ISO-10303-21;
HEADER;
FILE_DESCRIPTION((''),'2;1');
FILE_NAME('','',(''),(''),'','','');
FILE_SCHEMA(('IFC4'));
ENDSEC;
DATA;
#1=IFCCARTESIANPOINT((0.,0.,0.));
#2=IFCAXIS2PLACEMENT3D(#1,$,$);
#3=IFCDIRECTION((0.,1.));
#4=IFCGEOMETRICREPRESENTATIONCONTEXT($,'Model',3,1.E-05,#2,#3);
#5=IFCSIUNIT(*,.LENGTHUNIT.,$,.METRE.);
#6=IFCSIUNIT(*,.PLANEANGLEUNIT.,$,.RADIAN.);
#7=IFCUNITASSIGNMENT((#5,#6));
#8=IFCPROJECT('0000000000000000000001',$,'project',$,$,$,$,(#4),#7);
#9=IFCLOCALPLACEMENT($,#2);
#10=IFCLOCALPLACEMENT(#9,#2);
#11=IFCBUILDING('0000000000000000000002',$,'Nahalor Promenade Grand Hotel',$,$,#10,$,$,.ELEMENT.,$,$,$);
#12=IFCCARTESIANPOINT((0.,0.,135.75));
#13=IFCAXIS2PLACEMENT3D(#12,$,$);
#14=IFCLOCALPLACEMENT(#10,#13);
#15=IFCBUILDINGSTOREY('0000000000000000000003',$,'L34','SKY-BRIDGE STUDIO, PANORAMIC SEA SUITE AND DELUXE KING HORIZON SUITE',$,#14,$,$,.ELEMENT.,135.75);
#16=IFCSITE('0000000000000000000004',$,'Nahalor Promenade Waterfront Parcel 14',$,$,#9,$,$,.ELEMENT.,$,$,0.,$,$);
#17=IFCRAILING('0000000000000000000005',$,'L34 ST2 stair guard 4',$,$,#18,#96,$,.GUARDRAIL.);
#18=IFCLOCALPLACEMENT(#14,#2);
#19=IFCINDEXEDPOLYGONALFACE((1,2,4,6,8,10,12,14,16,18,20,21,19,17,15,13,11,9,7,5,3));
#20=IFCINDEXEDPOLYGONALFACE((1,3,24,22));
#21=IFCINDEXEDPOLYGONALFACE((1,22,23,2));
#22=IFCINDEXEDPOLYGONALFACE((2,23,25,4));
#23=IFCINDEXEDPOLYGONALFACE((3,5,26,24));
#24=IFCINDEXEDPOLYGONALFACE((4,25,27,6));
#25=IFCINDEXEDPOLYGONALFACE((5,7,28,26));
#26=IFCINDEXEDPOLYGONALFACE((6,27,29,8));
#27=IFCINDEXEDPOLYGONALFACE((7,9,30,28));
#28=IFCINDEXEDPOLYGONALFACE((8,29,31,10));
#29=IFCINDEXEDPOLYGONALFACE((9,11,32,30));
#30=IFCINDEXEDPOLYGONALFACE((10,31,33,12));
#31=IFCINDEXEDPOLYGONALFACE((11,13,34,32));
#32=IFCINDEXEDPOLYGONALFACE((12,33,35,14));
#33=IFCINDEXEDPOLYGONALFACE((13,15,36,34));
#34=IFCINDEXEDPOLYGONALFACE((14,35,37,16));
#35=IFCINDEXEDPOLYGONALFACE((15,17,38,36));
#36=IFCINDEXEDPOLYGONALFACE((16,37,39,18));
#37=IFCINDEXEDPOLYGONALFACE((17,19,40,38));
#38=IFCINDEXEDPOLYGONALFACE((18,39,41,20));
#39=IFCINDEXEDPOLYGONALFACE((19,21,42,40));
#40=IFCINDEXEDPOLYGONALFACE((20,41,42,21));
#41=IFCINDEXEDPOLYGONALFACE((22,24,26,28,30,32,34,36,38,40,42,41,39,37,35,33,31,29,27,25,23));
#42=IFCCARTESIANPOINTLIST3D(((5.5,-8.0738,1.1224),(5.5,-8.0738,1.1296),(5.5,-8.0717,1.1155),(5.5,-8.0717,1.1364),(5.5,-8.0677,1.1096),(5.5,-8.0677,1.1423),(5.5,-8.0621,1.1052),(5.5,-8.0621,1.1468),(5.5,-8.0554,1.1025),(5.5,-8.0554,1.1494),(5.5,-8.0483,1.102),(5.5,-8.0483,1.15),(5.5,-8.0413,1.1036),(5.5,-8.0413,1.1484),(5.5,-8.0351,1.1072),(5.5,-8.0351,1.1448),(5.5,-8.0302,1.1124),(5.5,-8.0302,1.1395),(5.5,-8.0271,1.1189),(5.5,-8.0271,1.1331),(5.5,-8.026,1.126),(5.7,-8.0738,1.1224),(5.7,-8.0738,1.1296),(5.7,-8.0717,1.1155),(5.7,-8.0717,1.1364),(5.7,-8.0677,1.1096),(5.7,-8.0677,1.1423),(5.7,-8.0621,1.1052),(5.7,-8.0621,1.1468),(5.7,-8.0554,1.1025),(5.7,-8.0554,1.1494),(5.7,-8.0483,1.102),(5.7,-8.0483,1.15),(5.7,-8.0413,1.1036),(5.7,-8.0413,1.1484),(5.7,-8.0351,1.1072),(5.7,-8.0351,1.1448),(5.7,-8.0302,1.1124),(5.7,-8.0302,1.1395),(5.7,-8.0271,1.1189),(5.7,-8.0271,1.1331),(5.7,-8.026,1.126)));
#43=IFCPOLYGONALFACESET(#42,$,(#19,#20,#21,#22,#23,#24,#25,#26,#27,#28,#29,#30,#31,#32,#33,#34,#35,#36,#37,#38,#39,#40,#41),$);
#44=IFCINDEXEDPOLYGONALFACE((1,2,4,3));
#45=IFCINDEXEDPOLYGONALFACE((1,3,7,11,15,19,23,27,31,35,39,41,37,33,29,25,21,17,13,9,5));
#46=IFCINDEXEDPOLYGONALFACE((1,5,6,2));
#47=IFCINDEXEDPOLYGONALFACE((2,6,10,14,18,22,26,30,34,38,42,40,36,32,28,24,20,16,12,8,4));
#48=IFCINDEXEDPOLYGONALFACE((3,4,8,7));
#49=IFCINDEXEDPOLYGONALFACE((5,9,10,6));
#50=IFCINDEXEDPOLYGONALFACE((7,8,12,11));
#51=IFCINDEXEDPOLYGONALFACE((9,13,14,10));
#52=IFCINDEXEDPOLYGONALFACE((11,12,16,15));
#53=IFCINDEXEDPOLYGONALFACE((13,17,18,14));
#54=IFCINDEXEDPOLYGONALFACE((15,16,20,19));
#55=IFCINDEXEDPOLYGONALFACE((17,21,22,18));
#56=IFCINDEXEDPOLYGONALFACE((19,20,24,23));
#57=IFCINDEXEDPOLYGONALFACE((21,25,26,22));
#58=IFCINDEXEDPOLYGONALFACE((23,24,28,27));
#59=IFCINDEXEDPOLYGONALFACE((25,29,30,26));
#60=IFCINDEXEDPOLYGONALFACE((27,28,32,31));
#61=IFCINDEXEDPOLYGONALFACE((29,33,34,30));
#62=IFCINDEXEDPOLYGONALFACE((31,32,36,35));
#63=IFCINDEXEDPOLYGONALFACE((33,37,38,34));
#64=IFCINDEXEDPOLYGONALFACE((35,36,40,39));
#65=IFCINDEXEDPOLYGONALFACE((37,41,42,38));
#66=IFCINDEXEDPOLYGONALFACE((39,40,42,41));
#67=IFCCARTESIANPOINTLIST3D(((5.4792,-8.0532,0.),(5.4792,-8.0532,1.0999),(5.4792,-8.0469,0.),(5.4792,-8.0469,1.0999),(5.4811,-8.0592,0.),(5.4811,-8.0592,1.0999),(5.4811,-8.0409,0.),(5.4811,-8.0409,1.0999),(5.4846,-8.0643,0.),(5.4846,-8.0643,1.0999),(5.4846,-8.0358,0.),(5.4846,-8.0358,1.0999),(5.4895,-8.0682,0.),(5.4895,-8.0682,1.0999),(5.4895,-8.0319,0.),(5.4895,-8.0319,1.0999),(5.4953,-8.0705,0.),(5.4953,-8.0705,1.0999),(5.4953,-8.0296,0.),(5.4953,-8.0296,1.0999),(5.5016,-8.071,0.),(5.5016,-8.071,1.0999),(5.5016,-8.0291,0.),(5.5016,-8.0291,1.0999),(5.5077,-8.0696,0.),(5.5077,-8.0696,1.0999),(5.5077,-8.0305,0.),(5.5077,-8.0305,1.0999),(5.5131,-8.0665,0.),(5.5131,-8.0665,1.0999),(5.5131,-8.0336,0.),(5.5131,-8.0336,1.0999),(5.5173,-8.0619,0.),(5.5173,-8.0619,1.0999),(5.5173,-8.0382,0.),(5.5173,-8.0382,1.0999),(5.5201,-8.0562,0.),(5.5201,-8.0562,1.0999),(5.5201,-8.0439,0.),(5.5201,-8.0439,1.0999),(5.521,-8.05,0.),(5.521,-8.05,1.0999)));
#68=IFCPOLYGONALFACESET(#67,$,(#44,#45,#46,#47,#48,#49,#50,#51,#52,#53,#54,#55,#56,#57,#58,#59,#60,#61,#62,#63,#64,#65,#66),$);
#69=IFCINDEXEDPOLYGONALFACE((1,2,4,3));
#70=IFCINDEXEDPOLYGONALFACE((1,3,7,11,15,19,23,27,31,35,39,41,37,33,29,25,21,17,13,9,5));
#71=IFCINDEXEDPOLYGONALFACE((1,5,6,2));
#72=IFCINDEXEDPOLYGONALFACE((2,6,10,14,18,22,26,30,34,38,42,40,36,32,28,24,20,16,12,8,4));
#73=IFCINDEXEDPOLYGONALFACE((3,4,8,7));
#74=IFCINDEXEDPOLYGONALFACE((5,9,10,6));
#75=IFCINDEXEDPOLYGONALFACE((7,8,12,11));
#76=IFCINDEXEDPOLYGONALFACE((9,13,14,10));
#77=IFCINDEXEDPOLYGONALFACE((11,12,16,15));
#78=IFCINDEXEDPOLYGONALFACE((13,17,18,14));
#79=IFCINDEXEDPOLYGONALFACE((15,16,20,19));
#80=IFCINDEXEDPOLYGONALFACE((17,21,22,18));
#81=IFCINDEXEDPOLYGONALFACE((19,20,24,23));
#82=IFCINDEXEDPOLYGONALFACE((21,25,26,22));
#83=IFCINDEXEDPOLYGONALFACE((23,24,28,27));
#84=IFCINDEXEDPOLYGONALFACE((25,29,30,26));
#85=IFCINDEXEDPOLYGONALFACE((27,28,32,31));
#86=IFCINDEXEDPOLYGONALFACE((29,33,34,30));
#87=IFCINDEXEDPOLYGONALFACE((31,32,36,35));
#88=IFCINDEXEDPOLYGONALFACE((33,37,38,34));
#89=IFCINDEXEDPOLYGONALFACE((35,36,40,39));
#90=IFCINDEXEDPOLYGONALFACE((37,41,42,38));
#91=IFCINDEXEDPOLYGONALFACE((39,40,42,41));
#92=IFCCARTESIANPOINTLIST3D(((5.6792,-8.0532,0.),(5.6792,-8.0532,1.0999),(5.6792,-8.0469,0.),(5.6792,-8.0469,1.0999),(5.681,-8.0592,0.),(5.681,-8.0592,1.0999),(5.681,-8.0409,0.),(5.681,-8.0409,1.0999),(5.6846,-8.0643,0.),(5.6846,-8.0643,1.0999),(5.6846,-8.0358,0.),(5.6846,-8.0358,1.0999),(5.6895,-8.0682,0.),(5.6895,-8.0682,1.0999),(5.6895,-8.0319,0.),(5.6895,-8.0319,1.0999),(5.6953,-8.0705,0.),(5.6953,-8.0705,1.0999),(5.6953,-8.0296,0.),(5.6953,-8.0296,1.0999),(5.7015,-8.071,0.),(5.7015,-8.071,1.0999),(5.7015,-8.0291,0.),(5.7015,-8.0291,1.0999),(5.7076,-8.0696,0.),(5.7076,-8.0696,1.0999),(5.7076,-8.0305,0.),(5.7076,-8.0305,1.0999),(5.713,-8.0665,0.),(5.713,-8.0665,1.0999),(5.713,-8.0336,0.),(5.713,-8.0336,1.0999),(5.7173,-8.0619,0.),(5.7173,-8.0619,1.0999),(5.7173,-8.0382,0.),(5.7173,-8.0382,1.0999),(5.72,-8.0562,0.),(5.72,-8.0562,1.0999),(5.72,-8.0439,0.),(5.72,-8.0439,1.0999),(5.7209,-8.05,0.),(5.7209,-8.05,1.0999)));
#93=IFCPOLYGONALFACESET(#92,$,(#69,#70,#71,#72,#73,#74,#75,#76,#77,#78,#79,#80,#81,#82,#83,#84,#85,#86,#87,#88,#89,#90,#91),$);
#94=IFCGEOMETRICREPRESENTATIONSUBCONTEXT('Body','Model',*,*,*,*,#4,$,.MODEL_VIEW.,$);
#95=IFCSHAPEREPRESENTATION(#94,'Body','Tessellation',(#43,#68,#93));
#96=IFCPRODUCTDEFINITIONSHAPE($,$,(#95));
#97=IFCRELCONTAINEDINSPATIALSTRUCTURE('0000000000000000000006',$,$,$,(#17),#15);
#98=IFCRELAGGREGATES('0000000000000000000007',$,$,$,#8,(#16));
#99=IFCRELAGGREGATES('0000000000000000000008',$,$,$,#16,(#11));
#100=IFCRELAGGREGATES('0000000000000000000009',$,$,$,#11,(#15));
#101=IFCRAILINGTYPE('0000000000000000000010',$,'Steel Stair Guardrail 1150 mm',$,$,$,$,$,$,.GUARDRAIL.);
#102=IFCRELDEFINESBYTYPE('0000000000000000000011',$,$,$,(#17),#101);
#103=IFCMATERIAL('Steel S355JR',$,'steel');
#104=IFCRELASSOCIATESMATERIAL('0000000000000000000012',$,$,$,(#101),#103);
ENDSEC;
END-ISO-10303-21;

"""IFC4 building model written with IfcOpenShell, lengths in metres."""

from ifc_helpers import new_model, si_unit, direction, frame, origin, origin_2d, place, context, subcontext, project, spatial, circle, extrude, material, type_object, element, save


model = new_model("IFC4")

# Units and contexts
model_context = context("Model", 3, precision=1e-05, world=origin(), true_north=direction((0.0, 1.0)))
body_context = subcontext(model_context, "Body", "Model", "MODEL_VIEW")
ifc_project = project(units=[si_unit("LENGTHUNIT", "METRE"), si_unit("PLANEANGLEUNIT", "RADIAN")], contexts=[model_context])

# Site, building, storey
site_placement = place(None, origin())
site = spatial("IfcSite", under=ifc_project, at=site_placement, Name="Nahalor Promenade Waterfront Parcel 14", CompositionType="ELEMENT", RefElevation=0.0)
building_placement = place(site_placement, origin())
building = spatial("IfcBuilding", under=site, at=building_placement, Name="Nahalor Promenade Grand Hotel", CompositionType="ELEMENT")
storey_placement = place(building_placement, frame((0.0, 0.0, 135.75)))
storey = spatial("IfcBuildingStorey", under=building, at=storey_placement, Name="L34", Description="SKY-BRIDGE STUDIO, PANORAMIC SEA SUITE AND DELUXE KING HORIZON SUITE", CompositionType="ELEMENT", Elevation=135.75)

# Shared definitions
ifc_material_1 = material(Name="Steel S355JR", Category="steel")

# Railing
railing_type_1 = type_object("IfcRailingType", Name="Steel Stair Guardrail 1150 mm", PredefinedType="GUARDRAIL", material=ifc_material_1)
railing_1_placement = place(storey_placement, frame((5.5, -8.05, 0.0)))
element("IfcRailing", 1, at=railing_1_placement, inside=storey, type_object=railing_type_1, Name="L34 ST2 stair guard 4", PredefinedType="GUARDRAIL", context=body_context, shape_type="SweptSolid", body=[
    extrude(circle(Radius=0.024, at=origin_2d()), frame((0.0, 0.0, 1.126), z_axis=(1.0, 0.0, 0.0), x_axis=(0.0, 1.0, 0.0)), (0.0, 0.0, 1.0), 0.2),
    extrude(circle(Radius=0.021, at=origin_2d()), origin(), (0.0, 0.0, 1.0), 1.0999),
    extrude(circle(Radius=0.021, at=origin_2d()), frame((0.2, 0.0, 0.0)), (0.0, 0.0, 1.0), 1.0999),
])

save(model, "model.ifc")
